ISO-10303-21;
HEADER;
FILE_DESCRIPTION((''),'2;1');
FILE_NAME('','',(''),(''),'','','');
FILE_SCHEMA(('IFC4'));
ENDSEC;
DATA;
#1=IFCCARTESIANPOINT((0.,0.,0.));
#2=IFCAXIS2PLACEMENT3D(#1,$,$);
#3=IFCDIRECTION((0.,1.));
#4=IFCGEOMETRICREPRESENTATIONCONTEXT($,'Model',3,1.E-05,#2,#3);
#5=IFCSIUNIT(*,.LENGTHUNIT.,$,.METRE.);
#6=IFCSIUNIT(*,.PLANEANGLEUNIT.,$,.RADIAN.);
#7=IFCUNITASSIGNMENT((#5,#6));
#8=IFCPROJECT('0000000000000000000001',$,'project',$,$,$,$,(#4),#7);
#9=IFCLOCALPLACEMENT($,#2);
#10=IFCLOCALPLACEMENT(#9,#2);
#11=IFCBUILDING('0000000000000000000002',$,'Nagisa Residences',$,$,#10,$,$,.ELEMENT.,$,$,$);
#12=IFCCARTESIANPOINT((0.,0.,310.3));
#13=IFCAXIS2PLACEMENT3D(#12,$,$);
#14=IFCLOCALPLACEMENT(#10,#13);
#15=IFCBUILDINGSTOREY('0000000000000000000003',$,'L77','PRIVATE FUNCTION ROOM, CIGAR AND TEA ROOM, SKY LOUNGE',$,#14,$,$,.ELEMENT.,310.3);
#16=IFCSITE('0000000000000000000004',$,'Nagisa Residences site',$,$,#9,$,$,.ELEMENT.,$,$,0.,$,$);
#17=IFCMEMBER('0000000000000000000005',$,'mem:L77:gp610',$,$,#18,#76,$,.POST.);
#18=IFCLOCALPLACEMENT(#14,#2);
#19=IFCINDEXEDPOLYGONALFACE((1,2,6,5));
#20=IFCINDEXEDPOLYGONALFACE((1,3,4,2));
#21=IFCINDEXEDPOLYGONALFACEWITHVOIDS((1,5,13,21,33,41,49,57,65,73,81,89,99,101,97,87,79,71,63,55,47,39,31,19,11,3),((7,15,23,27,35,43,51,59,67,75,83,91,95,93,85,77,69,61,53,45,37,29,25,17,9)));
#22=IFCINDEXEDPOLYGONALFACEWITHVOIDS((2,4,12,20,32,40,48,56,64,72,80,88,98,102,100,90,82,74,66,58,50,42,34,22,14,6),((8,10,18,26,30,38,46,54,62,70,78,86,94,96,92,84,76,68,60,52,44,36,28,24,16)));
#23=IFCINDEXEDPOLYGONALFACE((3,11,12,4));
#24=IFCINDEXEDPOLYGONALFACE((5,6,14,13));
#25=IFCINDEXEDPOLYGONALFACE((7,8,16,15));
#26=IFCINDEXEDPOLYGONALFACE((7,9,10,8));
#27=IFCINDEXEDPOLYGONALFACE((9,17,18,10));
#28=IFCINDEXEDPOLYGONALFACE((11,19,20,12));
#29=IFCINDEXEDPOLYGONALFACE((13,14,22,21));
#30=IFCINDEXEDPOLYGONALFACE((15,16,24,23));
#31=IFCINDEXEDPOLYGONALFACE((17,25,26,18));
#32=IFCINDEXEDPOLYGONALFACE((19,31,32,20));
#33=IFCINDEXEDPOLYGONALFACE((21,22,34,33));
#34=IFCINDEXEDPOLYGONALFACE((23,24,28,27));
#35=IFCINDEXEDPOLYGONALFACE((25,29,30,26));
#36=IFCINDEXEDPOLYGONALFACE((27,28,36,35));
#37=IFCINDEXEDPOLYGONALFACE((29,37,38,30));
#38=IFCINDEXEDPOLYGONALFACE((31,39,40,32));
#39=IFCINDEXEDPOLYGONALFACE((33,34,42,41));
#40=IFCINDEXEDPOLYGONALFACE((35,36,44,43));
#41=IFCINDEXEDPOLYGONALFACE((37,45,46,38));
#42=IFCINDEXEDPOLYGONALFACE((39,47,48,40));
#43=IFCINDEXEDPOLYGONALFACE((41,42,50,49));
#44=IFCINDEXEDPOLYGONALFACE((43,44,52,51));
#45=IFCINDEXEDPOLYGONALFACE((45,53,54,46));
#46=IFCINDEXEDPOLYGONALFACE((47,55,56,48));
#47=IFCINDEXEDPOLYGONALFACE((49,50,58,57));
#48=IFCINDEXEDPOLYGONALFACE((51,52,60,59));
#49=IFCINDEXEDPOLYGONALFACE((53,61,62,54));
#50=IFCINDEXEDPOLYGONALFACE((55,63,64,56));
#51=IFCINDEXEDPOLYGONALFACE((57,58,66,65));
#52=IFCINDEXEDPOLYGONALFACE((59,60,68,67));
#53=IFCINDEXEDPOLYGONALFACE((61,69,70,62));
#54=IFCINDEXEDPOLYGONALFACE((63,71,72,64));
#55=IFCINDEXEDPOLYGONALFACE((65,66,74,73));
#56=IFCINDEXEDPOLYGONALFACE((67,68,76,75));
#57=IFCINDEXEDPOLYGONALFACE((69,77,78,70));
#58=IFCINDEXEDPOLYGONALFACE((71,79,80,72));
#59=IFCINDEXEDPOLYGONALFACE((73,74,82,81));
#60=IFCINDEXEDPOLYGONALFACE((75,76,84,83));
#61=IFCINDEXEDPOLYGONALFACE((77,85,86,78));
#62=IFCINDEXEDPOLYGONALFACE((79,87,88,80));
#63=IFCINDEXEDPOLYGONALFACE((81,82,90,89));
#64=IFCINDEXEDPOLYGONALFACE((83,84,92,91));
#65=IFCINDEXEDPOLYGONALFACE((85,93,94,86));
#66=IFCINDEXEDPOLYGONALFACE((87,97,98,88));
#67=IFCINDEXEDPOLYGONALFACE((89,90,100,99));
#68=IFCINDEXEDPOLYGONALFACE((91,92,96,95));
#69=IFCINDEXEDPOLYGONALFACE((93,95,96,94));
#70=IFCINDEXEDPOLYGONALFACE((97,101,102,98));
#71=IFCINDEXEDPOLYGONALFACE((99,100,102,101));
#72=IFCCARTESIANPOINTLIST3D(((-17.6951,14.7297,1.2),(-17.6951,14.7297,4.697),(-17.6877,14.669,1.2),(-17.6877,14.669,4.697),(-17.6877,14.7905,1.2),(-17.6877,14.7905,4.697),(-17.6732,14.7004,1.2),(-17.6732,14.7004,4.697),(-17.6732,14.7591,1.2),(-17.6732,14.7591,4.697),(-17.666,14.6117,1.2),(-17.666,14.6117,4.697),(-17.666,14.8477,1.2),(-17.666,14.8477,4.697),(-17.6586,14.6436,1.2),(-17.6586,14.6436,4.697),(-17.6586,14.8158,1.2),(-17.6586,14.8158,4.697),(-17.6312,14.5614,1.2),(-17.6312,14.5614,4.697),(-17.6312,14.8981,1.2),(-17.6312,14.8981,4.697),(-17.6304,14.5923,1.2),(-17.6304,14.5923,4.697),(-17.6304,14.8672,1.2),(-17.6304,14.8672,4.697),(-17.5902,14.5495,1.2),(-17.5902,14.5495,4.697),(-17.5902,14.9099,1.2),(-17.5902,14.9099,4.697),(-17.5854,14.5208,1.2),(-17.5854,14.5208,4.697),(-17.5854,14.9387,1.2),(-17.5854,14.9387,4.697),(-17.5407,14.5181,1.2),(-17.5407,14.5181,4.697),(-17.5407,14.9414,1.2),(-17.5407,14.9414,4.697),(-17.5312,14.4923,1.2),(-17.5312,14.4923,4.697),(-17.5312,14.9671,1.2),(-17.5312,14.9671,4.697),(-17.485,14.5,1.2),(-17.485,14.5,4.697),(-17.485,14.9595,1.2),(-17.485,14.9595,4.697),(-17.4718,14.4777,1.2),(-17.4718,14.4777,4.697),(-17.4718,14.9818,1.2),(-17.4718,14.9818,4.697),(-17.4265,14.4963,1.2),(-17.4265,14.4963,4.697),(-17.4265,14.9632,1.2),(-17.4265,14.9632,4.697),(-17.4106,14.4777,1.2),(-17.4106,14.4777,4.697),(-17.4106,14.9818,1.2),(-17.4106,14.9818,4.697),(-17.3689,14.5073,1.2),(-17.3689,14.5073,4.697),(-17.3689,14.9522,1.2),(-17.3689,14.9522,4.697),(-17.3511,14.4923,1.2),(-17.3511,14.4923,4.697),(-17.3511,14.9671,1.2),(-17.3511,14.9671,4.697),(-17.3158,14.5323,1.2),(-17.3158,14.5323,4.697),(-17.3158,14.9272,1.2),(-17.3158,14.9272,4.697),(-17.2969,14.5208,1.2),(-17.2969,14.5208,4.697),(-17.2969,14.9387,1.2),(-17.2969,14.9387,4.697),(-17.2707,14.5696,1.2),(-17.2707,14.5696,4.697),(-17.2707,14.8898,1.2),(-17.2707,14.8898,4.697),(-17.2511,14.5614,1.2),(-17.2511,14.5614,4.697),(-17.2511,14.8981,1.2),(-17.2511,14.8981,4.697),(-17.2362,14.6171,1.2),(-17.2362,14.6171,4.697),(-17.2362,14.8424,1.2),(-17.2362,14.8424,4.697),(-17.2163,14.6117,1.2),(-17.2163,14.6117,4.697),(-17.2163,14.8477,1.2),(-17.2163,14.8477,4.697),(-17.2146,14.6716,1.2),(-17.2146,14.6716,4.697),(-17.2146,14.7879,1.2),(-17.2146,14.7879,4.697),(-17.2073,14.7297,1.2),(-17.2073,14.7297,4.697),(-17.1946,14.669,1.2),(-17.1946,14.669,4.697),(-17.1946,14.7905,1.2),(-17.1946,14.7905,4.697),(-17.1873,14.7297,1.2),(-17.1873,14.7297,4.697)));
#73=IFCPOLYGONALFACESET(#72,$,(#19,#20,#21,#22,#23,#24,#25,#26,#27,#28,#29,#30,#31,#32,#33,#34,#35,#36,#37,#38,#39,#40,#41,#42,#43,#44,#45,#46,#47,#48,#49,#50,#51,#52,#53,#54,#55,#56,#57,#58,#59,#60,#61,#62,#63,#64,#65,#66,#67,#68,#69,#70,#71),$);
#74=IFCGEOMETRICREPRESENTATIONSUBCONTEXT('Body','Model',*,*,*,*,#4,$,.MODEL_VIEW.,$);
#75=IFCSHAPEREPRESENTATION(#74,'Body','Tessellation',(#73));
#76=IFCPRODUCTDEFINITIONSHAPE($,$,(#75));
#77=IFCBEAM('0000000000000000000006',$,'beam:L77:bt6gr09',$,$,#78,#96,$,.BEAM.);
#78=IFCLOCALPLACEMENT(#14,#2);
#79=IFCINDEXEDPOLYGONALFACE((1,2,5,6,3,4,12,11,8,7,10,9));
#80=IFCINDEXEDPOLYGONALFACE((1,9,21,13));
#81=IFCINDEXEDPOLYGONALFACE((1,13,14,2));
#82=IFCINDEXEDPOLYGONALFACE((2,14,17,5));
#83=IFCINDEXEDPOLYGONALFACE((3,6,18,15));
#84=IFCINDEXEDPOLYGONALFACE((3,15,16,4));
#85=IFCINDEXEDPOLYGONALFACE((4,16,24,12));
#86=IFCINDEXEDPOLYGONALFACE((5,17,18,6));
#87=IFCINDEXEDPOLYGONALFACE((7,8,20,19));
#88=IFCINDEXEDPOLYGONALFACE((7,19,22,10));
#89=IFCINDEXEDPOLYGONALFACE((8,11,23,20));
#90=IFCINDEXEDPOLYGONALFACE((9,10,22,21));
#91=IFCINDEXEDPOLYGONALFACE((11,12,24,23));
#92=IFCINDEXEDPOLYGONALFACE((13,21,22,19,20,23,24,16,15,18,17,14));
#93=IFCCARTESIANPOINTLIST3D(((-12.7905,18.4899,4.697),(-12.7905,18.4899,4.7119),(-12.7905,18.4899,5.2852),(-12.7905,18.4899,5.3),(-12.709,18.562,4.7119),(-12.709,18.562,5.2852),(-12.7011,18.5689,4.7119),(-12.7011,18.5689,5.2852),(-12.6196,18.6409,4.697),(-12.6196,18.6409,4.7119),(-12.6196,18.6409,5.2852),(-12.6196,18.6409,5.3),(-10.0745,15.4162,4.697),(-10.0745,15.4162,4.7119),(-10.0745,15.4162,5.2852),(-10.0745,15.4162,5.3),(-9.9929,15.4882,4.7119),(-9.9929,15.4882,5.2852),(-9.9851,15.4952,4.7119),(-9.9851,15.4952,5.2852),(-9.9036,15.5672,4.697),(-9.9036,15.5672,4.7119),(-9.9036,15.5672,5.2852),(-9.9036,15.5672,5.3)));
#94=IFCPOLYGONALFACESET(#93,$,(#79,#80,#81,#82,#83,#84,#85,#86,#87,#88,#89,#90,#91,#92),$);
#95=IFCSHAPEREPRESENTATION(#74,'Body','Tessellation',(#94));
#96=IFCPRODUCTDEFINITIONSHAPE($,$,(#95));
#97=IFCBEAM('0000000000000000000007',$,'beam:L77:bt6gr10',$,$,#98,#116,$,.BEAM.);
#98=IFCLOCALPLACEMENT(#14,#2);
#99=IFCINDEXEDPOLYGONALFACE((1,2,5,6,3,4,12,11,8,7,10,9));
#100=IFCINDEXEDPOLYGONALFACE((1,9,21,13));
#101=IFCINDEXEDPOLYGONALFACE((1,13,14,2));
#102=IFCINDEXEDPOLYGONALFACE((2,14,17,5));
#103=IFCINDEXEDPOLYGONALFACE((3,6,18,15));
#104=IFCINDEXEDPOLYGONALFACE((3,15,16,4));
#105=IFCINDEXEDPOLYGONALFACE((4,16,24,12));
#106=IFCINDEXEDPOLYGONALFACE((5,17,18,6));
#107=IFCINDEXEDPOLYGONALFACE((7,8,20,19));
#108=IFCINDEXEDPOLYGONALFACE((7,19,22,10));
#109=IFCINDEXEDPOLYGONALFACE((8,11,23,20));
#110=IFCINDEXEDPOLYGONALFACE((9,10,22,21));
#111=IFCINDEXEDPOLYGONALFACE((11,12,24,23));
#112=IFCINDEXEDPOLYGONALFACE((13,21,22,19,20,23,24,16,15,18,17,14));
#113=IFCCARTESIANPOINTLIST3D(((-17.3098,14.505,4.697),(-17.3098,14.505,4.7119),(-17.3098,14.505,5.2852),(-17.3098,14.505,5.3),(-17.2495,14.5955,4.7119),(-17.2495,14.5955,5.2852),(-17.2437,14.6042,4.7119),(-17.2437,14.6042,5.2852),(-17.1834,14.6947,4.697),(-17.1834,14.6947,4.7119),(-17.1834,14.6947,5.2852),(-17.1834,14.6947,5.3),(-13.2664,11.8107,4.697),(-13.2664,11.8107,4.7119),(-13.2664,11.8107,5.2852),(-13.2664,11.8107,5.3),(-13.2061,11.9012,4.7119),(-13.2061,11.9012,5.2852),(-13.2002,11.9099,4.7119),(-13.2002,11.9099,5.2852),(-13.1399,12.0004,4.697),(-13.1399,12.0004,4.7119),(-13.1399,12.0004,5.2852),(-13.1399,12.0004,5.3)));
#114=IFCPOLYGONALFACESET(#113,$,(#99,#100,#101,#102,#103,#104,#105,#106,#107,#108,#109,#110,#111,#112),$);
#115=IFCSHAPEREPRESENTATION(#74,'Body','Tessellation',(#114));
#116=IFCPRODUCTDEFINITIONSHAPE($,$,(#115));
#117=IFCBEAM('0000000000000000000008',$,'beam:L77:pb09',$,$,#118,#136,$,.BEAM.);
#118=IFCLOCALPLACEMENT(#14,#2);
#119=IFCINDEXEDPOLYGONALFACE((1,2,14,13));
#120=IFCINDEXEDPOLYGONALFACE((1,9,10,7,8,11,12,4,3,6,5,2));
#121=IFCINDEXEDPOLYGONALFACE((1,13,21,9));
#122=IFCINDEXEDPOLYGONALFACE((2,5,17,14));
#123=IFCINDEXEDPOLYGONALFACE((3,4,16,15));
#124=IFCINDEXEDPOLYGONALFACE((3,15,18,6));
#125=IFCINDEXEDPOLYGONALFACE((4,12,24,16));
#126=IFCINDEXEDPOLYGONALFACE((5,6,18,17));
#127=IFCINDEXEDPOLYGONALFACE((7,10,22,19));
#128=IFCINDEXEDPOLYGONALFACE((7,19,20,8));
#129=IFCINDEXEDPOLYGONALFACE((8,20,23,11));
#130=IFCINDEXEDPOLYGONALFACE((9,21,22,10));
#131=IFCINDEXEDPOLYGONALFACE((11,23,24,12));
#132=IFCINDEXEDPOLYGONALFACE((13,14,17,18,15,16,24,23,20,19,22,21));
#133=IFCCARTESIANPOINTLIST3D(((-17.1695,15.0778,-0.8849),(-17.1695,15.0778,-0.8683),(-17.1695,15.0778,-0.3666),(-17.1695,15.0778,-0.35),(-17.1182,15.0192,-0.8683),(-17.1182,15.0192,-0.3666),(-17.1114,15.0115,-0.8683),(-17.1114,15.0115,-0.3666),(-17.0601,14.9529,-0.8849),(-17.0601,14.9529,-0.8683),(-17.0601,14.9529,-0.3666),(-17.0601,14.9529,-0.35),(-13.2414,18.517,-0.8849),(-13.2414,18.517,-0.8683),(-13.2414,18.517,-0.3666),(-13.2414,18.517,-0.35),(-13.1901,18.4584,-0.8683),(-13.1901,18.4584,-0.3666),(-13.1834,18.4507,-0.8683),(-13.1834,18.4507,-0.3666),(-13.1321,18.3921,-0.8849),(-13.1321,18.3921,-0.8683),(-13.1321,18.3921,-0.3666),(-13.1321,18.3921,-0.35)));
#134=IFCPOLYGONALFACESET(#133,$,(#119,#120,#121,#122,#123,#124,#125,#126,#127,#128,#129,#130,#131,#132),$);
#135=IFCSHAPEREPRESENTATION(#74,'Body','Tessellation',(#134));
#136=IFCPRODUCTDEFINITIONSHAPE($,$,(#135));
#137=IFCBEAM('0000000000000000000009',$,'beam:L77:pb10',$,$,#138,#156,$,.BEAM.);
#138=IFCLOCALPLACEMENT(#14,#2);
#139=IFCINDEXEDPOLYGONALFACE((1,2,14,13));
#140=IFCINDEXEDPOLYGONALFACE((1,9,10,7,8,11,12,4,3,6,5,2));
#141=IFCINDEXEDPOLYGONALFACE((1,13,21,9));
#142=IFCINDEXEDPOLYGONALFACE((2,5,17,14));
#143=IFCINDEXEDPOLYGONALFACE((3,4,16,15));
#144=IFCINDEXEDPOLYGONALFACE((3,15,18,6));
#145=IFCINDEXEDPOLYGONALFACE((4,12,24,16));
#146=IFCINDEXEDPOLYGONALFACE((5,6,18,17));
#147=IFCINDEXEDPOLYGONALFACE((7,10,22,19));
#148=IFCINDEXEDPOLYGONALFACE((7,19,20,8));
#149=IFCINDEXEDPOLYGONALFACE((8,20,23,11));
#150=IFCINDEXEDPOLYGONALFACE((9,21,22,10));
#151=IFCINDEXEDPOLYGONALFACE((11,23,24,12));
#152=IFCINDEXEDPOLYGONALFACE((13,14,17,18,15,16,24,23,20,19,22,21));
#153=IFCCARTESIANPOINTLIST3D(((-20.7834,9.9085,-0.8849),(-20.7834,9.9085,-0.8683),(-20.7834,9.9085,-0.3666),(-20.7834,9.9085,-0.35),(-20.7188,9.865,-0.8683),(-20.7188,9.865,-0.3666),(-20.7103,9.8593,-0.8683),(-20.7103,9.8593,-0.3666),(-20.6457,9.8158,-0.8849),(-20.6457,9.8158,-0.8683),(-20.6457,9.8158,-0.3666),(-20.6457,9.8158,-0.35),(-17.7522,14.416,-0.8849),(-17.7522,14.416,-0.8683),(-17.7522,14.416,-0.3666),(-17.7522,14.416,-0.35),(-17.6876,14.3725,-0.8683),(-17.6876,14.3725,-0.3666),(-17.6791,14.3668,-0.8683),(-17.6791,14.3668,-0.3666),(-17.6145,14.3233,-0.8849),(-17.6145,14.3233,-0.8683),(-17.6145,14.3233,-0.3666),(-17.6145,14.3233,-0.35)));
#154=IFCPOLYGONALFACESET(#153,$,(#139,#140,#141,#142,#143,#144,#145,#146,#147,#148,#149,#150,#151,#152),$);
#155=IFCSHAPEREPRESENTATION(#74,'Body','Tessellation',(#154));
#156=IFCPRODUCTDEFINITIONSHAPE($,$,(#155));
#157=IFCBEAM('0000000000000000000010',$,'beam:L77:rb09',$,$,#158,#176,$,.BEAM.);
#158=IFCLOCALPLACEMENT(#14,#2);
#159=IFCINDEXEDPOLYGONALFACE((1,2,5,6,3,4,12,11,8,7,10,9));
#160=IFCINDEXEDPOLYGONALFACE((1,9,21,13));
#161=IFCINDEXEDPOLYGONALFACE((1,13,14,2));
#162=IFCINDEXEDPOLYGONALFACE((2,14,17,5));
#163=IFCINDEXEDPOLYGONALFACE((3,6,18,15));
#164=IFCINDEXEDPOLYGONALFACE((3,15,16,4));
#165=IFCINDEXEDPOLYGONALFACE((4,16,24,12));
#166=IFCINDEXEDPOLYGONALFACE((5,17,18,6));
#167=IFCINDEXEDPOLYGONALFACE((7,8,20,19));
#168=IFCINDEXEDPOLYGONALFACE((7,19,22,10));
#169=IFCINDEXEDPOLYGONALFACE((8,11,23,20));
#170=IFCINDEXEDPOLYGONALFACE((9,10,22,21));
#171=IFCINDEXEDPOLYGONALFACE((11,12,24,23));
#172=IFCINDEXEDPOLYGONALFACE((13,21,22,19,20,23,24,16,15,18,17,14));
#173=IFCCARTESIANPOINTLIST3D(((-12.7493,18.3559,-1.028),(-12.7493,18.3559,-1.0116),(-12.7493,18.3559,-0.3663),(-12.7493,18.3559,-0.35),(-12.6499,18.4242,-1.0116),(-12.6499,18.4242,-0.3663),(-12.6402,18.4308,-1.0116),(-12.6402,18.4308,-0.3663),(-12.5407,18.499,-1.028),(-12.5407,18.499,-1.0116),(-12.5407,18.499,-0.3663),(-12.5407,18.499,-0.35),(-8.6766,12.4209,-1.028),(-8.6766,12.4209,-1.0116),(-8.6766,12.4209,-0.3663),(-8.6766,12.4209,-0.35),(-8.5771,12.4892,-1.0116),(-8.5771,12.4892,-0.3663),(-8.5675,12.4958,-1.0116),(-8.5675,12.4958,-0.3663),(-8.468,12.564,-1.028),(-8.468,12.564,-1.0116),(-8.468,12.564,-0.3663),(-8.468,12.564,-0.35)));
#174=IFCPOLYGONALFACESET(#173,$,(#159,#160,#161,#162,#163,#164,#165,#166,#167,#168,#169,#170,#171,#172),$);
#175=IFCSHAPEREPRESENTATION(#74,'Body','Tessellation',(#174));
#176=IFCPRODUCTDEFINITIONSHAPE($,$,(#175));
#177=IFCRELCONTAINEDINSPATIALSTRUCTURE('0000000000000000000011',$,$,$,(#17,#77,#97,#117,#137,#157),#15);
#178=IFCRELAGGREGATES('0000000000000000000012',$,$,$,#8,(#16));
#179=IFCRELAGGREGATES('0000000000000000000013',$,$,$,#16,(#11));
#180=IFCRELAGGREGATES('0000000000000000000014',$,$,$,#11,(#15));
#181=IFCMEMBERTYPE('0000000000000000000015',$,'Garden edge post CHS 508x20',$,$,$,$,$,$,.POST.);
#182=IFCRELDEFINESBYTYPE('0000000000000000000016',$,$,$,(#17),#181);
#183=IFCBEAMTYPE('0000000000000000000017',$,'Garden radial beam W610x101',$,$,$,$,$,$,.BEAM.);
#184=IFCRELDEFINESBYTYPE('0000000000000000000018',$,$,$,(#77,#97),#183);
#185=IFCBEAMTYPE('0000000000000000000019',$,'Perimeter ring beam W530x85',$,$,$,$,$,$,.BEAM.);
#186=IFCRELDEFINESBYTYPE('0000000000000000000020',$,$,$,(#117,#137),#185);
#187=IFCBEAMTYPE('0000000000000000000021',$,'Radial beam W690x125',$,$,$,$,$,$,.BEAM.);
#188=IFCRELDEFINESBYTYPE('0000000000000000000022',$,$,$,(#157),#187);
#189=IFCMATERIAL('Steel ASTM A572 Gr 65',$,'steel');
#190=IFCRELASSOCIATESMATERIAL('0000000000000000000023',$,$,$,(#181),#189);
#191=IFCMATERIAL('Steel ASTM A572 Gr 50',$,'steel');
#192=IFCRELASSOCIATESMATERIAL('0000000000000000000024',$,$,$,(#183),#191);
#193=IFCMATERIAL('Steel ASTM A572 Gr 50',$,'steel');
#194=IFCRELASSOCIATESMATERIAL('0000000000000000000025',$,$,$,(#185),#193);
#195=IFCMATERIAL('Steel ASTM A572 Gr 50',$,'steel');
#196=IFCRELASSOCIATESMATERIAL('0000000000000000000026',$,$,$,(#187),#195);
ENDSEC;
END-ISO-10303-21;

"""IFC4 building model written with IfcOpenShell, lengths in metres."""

from ifc_helpers import new_model, si_unit, direction, frame, origin, origin_2d, place, context, subcontext, project, spatial, hollow_circle, i_section, extrude, material, material_profile, profile_set, type_object, element, save


model = new_model("IFC4")

# Units and contexts
model_context = context("Model", 3, precision=1e-05, world=origin(), true_north=direction((0.0, 1.0)))
body_context = subcontext(model_context, "Body", "Model", "MODEL_VIEW")
ifc_project = project(units=[si_unit("LENGTHUNIT", "METRE"), si_unit("PLANEANGLEUNIT", "RADIAN")], contexts=[model_context])

# Site, building, storey
site_placement = place(None, origin())
site = spatial("IfcSite", under=ifc_project, at=site_placement, Name="Nagisa Residences site", CompositionType="ELEMENT", RefElevation=0.0)
building_placement = place(site_placement, origin())
building = spatial("IfcBuilding", under=site, at=building_placement, Name="Nagisa Residences", CompositionType="ELEMENT")
storey_placement = place(building_placement, frame((0.0, 0.0, 310.3)))
storey = spatial("IfcBuildingStorey", under=building, at=storey_placement, Name="L77", Description="PRIVATE FUNCTION ROOM, CIGAR AND TEA ROOM, SKY LOUNGE", CompositionType="ELEMENT", Elevation=310.3)

# Member
ifc_material_1 = material(Name="Steel ASTM A572 Gr 65", Category="steel")
ifc_material_profile_1 = material_profile(ifc_material_1, hollow_circle(Radius=0.2539, WallThickness=0.02, at=origin_2d()), Name="CHS 508x20")
ifc_profile_set_1 = profile_set([ifc_material_profile_1], Name="Steel ASTM A572 Gr 65")
member_type_1 = type_object("IfcMemberType", Name="Garden edge post CHS 508x20", PredefinedType="POST", material=ifc_profile_set_1)
for number, where, z_axis, x_axis, name in (
    (1, (-17.4412, 14.7297, 1.2), (0.0, 0.0, 1.0), (1.0, 0.0, 0.0), "mem:L77:gp610"),
):
    element("IfcMember", number, at=place(storey_placement, frame(where, z_axis=z_axis, x_axis=x_axis)), inside=storey, type_object=member_type_1, Name=name, PredefinedType="POST", context=body_context, shape_type="SweptSolid", body=[
        extrude(hollow_circle(Radius=0.2539, WallThickness=0.02, at=origin_2d()), origin(), (0.0, 0.0, 1.0), 3.4971),
    ])

# Beams
ifc_material_2 = material(Name="Steel ASTM A572 Gr 50", Category="steel")
ifc_material_profile_2 = material_profile(ifc_material_2, i_section(OverallWidth=0.228, OverallDepth=0.603, WebThickness=0.0105, FlangeThickness=0.0149, at=origin_2d()), Name="W610x101")
ifc_profile_set_2 = profile_set([ifc_material_profile_2], Name="Steel ASTM A572 Gr 50")
beam_type_1 = type_object("IfcBeamType", Name="Garden radial beam W610x101", PredefinedType="BEAM", material=ifc_profile_set_2)
beam_1_placement = place(storey_placement, frame((-12.7051, 18.5654, 4.9985), z_axis=(0.662163, -0.74936, 0.0), x_axis=(0.74936, 0.662163, 0.0)))
element("IfcBeam", 2, at=beam_1_placement, inside=storey, type_object=beam_type_1, Name="beam:L77:bt6gr09", PredefinedType="BEAM", context=body_context, shape_type="SweptSolid", body=[
    extrude(i_section(OverallWidth=0.228, OverallDepth=0.603, WebThickness=0.0105, FlangeThickness=0.0149, at=origin_2d()), origin(), (0.0, 0.0, 1.0), 4.1018),
])
beam_2_placement = place(storey_placement, frame((-17.2466, 14.5999, 4.9985), z_axis=(0.832174, -0.554515, 0.0), x_axis=(0.554515, 0.832174, 0.0)))
element("IfcBeam", 3, at=beam_2_placement, inside=storey, type_object=beam_type_1, Name="beam:L77:bt6gr10", PredefinedType="BEAM", context=body_context, shape_type="SweptSolid", body=[
    extrude(i_section(OverallWidth=0.228, OverallDepth=0.603, WebThickness=0.0105, FlangeThickness=0.0149, at=origin_2d()), origin(), (0.0, 0.0, 1.0), 4.8589),
])
ifc_material_3 = material(Name="Steel ASTM A572 Gr 50", Category="steel")
ifc_material_profile_3 = material_profile(ifc_material_3, i_section(OverallWidth=0.166, OverallDepth=0.5349, WebThickness=0.0103, FlangeThickness=0.0166, at=origin_2d()), Name="W530x85")
ifc_profile_set_3 = profile_set([ifc_material_profile_3], Name="Steel ASTM A572 Gr 50")
beam_type_2 = type_object("IfcBeamType", Name="Perimeter ring beam W530x85", PredefinedType="BEAM", material=ifc_profile_set_3)
beam_3_placement = place(storey_placement, frame((-13.1868, 18.4546, -0.6174), z_axis=(-0.752365, -0.658746, 0.0), x_axis=(0.658746, -0.752365, 0.0)))
element("IfcBeam", 4, at=beam_3_placement, inside=storey, type_object=beam_type_2, Name="beam:L77:pb09", PredefinedType="BEAM", context=body_context, shape_type="SweptSolid", body=[
    extrude(i_section(OverallWidth=0.166, OverallDepth=0.5349, WebThickness=0.0103, FlangeThickness=0.0166, at=origin_2d()), origin(), (0.0, 0.0, 1.0), 5.2209),
])
beam_4_placement = place(storey_placement, frame((-17.6833, 14.3696, -0.6174), z_axis=(-0.558035, -0.829817, 0.0), x_axis=(0.829817, -0.558035, 0.0)))
element("IfcBeam", 5, at=beam_4_placement, inside=storey, type_object=beam_type_2, Name="beam:L77:pb10", PredefinedType="BEAM", context=body_context, shape_type="SweptSolid", body=[
    extrude(i_section(OverallWidth=0.166, OverallDepth=0.5349, WebThickness=0.0103, FlangeThickness=0.0166, at=origin_2d()), origin(), (0.0, 0.0, 1.0), 5.4319),
])
ifc_material_4 = material(Name="Steel ASTM A572 Gr 50", Category="steel")
ifc_material_profile_4 = material_profile(ifc_material_4, i_section(OverallWidth=0.2529, OverallDepth=0.678, WebThickness=0.0117, FlangeThickness=0.0164, at=origin_2d()), Name="W690x125")
ifc_profile_set_4 = profile_set([ifc_material_profile_4], Name="Steel ASTM A572 Gr 50")
beam_type_3 = type_object("IfcBeamType", Name="Radial beam W690x125", PredefinedType="BEAM", material=ifc_profile_set_4)
beam_5_placement = place(storey_placement, frame((-12.645, 18.4275, -0.689), z_axis=(0.565812, -0.824534, 0.0), x_axis=(0.824534, 0.565812, 0.0)))
element("IfcBeam", 6, at=beam_5_placement, inside=storey, type_object=beam_type_3, Name="beam:L77:rb09", PredefinedType="BEAM", context=body_context, shape_type="SweptSolid", body=[
    extrude(i_section(OverallWidth=0.2529, OverallDepth=0.678, WebThickness=0.0117, FlangeThickness=0.0164, at=origin_2d()), origin(), (0.0, 0.0, 1.0), 7.198),
])

save(model, "model.ifc")
